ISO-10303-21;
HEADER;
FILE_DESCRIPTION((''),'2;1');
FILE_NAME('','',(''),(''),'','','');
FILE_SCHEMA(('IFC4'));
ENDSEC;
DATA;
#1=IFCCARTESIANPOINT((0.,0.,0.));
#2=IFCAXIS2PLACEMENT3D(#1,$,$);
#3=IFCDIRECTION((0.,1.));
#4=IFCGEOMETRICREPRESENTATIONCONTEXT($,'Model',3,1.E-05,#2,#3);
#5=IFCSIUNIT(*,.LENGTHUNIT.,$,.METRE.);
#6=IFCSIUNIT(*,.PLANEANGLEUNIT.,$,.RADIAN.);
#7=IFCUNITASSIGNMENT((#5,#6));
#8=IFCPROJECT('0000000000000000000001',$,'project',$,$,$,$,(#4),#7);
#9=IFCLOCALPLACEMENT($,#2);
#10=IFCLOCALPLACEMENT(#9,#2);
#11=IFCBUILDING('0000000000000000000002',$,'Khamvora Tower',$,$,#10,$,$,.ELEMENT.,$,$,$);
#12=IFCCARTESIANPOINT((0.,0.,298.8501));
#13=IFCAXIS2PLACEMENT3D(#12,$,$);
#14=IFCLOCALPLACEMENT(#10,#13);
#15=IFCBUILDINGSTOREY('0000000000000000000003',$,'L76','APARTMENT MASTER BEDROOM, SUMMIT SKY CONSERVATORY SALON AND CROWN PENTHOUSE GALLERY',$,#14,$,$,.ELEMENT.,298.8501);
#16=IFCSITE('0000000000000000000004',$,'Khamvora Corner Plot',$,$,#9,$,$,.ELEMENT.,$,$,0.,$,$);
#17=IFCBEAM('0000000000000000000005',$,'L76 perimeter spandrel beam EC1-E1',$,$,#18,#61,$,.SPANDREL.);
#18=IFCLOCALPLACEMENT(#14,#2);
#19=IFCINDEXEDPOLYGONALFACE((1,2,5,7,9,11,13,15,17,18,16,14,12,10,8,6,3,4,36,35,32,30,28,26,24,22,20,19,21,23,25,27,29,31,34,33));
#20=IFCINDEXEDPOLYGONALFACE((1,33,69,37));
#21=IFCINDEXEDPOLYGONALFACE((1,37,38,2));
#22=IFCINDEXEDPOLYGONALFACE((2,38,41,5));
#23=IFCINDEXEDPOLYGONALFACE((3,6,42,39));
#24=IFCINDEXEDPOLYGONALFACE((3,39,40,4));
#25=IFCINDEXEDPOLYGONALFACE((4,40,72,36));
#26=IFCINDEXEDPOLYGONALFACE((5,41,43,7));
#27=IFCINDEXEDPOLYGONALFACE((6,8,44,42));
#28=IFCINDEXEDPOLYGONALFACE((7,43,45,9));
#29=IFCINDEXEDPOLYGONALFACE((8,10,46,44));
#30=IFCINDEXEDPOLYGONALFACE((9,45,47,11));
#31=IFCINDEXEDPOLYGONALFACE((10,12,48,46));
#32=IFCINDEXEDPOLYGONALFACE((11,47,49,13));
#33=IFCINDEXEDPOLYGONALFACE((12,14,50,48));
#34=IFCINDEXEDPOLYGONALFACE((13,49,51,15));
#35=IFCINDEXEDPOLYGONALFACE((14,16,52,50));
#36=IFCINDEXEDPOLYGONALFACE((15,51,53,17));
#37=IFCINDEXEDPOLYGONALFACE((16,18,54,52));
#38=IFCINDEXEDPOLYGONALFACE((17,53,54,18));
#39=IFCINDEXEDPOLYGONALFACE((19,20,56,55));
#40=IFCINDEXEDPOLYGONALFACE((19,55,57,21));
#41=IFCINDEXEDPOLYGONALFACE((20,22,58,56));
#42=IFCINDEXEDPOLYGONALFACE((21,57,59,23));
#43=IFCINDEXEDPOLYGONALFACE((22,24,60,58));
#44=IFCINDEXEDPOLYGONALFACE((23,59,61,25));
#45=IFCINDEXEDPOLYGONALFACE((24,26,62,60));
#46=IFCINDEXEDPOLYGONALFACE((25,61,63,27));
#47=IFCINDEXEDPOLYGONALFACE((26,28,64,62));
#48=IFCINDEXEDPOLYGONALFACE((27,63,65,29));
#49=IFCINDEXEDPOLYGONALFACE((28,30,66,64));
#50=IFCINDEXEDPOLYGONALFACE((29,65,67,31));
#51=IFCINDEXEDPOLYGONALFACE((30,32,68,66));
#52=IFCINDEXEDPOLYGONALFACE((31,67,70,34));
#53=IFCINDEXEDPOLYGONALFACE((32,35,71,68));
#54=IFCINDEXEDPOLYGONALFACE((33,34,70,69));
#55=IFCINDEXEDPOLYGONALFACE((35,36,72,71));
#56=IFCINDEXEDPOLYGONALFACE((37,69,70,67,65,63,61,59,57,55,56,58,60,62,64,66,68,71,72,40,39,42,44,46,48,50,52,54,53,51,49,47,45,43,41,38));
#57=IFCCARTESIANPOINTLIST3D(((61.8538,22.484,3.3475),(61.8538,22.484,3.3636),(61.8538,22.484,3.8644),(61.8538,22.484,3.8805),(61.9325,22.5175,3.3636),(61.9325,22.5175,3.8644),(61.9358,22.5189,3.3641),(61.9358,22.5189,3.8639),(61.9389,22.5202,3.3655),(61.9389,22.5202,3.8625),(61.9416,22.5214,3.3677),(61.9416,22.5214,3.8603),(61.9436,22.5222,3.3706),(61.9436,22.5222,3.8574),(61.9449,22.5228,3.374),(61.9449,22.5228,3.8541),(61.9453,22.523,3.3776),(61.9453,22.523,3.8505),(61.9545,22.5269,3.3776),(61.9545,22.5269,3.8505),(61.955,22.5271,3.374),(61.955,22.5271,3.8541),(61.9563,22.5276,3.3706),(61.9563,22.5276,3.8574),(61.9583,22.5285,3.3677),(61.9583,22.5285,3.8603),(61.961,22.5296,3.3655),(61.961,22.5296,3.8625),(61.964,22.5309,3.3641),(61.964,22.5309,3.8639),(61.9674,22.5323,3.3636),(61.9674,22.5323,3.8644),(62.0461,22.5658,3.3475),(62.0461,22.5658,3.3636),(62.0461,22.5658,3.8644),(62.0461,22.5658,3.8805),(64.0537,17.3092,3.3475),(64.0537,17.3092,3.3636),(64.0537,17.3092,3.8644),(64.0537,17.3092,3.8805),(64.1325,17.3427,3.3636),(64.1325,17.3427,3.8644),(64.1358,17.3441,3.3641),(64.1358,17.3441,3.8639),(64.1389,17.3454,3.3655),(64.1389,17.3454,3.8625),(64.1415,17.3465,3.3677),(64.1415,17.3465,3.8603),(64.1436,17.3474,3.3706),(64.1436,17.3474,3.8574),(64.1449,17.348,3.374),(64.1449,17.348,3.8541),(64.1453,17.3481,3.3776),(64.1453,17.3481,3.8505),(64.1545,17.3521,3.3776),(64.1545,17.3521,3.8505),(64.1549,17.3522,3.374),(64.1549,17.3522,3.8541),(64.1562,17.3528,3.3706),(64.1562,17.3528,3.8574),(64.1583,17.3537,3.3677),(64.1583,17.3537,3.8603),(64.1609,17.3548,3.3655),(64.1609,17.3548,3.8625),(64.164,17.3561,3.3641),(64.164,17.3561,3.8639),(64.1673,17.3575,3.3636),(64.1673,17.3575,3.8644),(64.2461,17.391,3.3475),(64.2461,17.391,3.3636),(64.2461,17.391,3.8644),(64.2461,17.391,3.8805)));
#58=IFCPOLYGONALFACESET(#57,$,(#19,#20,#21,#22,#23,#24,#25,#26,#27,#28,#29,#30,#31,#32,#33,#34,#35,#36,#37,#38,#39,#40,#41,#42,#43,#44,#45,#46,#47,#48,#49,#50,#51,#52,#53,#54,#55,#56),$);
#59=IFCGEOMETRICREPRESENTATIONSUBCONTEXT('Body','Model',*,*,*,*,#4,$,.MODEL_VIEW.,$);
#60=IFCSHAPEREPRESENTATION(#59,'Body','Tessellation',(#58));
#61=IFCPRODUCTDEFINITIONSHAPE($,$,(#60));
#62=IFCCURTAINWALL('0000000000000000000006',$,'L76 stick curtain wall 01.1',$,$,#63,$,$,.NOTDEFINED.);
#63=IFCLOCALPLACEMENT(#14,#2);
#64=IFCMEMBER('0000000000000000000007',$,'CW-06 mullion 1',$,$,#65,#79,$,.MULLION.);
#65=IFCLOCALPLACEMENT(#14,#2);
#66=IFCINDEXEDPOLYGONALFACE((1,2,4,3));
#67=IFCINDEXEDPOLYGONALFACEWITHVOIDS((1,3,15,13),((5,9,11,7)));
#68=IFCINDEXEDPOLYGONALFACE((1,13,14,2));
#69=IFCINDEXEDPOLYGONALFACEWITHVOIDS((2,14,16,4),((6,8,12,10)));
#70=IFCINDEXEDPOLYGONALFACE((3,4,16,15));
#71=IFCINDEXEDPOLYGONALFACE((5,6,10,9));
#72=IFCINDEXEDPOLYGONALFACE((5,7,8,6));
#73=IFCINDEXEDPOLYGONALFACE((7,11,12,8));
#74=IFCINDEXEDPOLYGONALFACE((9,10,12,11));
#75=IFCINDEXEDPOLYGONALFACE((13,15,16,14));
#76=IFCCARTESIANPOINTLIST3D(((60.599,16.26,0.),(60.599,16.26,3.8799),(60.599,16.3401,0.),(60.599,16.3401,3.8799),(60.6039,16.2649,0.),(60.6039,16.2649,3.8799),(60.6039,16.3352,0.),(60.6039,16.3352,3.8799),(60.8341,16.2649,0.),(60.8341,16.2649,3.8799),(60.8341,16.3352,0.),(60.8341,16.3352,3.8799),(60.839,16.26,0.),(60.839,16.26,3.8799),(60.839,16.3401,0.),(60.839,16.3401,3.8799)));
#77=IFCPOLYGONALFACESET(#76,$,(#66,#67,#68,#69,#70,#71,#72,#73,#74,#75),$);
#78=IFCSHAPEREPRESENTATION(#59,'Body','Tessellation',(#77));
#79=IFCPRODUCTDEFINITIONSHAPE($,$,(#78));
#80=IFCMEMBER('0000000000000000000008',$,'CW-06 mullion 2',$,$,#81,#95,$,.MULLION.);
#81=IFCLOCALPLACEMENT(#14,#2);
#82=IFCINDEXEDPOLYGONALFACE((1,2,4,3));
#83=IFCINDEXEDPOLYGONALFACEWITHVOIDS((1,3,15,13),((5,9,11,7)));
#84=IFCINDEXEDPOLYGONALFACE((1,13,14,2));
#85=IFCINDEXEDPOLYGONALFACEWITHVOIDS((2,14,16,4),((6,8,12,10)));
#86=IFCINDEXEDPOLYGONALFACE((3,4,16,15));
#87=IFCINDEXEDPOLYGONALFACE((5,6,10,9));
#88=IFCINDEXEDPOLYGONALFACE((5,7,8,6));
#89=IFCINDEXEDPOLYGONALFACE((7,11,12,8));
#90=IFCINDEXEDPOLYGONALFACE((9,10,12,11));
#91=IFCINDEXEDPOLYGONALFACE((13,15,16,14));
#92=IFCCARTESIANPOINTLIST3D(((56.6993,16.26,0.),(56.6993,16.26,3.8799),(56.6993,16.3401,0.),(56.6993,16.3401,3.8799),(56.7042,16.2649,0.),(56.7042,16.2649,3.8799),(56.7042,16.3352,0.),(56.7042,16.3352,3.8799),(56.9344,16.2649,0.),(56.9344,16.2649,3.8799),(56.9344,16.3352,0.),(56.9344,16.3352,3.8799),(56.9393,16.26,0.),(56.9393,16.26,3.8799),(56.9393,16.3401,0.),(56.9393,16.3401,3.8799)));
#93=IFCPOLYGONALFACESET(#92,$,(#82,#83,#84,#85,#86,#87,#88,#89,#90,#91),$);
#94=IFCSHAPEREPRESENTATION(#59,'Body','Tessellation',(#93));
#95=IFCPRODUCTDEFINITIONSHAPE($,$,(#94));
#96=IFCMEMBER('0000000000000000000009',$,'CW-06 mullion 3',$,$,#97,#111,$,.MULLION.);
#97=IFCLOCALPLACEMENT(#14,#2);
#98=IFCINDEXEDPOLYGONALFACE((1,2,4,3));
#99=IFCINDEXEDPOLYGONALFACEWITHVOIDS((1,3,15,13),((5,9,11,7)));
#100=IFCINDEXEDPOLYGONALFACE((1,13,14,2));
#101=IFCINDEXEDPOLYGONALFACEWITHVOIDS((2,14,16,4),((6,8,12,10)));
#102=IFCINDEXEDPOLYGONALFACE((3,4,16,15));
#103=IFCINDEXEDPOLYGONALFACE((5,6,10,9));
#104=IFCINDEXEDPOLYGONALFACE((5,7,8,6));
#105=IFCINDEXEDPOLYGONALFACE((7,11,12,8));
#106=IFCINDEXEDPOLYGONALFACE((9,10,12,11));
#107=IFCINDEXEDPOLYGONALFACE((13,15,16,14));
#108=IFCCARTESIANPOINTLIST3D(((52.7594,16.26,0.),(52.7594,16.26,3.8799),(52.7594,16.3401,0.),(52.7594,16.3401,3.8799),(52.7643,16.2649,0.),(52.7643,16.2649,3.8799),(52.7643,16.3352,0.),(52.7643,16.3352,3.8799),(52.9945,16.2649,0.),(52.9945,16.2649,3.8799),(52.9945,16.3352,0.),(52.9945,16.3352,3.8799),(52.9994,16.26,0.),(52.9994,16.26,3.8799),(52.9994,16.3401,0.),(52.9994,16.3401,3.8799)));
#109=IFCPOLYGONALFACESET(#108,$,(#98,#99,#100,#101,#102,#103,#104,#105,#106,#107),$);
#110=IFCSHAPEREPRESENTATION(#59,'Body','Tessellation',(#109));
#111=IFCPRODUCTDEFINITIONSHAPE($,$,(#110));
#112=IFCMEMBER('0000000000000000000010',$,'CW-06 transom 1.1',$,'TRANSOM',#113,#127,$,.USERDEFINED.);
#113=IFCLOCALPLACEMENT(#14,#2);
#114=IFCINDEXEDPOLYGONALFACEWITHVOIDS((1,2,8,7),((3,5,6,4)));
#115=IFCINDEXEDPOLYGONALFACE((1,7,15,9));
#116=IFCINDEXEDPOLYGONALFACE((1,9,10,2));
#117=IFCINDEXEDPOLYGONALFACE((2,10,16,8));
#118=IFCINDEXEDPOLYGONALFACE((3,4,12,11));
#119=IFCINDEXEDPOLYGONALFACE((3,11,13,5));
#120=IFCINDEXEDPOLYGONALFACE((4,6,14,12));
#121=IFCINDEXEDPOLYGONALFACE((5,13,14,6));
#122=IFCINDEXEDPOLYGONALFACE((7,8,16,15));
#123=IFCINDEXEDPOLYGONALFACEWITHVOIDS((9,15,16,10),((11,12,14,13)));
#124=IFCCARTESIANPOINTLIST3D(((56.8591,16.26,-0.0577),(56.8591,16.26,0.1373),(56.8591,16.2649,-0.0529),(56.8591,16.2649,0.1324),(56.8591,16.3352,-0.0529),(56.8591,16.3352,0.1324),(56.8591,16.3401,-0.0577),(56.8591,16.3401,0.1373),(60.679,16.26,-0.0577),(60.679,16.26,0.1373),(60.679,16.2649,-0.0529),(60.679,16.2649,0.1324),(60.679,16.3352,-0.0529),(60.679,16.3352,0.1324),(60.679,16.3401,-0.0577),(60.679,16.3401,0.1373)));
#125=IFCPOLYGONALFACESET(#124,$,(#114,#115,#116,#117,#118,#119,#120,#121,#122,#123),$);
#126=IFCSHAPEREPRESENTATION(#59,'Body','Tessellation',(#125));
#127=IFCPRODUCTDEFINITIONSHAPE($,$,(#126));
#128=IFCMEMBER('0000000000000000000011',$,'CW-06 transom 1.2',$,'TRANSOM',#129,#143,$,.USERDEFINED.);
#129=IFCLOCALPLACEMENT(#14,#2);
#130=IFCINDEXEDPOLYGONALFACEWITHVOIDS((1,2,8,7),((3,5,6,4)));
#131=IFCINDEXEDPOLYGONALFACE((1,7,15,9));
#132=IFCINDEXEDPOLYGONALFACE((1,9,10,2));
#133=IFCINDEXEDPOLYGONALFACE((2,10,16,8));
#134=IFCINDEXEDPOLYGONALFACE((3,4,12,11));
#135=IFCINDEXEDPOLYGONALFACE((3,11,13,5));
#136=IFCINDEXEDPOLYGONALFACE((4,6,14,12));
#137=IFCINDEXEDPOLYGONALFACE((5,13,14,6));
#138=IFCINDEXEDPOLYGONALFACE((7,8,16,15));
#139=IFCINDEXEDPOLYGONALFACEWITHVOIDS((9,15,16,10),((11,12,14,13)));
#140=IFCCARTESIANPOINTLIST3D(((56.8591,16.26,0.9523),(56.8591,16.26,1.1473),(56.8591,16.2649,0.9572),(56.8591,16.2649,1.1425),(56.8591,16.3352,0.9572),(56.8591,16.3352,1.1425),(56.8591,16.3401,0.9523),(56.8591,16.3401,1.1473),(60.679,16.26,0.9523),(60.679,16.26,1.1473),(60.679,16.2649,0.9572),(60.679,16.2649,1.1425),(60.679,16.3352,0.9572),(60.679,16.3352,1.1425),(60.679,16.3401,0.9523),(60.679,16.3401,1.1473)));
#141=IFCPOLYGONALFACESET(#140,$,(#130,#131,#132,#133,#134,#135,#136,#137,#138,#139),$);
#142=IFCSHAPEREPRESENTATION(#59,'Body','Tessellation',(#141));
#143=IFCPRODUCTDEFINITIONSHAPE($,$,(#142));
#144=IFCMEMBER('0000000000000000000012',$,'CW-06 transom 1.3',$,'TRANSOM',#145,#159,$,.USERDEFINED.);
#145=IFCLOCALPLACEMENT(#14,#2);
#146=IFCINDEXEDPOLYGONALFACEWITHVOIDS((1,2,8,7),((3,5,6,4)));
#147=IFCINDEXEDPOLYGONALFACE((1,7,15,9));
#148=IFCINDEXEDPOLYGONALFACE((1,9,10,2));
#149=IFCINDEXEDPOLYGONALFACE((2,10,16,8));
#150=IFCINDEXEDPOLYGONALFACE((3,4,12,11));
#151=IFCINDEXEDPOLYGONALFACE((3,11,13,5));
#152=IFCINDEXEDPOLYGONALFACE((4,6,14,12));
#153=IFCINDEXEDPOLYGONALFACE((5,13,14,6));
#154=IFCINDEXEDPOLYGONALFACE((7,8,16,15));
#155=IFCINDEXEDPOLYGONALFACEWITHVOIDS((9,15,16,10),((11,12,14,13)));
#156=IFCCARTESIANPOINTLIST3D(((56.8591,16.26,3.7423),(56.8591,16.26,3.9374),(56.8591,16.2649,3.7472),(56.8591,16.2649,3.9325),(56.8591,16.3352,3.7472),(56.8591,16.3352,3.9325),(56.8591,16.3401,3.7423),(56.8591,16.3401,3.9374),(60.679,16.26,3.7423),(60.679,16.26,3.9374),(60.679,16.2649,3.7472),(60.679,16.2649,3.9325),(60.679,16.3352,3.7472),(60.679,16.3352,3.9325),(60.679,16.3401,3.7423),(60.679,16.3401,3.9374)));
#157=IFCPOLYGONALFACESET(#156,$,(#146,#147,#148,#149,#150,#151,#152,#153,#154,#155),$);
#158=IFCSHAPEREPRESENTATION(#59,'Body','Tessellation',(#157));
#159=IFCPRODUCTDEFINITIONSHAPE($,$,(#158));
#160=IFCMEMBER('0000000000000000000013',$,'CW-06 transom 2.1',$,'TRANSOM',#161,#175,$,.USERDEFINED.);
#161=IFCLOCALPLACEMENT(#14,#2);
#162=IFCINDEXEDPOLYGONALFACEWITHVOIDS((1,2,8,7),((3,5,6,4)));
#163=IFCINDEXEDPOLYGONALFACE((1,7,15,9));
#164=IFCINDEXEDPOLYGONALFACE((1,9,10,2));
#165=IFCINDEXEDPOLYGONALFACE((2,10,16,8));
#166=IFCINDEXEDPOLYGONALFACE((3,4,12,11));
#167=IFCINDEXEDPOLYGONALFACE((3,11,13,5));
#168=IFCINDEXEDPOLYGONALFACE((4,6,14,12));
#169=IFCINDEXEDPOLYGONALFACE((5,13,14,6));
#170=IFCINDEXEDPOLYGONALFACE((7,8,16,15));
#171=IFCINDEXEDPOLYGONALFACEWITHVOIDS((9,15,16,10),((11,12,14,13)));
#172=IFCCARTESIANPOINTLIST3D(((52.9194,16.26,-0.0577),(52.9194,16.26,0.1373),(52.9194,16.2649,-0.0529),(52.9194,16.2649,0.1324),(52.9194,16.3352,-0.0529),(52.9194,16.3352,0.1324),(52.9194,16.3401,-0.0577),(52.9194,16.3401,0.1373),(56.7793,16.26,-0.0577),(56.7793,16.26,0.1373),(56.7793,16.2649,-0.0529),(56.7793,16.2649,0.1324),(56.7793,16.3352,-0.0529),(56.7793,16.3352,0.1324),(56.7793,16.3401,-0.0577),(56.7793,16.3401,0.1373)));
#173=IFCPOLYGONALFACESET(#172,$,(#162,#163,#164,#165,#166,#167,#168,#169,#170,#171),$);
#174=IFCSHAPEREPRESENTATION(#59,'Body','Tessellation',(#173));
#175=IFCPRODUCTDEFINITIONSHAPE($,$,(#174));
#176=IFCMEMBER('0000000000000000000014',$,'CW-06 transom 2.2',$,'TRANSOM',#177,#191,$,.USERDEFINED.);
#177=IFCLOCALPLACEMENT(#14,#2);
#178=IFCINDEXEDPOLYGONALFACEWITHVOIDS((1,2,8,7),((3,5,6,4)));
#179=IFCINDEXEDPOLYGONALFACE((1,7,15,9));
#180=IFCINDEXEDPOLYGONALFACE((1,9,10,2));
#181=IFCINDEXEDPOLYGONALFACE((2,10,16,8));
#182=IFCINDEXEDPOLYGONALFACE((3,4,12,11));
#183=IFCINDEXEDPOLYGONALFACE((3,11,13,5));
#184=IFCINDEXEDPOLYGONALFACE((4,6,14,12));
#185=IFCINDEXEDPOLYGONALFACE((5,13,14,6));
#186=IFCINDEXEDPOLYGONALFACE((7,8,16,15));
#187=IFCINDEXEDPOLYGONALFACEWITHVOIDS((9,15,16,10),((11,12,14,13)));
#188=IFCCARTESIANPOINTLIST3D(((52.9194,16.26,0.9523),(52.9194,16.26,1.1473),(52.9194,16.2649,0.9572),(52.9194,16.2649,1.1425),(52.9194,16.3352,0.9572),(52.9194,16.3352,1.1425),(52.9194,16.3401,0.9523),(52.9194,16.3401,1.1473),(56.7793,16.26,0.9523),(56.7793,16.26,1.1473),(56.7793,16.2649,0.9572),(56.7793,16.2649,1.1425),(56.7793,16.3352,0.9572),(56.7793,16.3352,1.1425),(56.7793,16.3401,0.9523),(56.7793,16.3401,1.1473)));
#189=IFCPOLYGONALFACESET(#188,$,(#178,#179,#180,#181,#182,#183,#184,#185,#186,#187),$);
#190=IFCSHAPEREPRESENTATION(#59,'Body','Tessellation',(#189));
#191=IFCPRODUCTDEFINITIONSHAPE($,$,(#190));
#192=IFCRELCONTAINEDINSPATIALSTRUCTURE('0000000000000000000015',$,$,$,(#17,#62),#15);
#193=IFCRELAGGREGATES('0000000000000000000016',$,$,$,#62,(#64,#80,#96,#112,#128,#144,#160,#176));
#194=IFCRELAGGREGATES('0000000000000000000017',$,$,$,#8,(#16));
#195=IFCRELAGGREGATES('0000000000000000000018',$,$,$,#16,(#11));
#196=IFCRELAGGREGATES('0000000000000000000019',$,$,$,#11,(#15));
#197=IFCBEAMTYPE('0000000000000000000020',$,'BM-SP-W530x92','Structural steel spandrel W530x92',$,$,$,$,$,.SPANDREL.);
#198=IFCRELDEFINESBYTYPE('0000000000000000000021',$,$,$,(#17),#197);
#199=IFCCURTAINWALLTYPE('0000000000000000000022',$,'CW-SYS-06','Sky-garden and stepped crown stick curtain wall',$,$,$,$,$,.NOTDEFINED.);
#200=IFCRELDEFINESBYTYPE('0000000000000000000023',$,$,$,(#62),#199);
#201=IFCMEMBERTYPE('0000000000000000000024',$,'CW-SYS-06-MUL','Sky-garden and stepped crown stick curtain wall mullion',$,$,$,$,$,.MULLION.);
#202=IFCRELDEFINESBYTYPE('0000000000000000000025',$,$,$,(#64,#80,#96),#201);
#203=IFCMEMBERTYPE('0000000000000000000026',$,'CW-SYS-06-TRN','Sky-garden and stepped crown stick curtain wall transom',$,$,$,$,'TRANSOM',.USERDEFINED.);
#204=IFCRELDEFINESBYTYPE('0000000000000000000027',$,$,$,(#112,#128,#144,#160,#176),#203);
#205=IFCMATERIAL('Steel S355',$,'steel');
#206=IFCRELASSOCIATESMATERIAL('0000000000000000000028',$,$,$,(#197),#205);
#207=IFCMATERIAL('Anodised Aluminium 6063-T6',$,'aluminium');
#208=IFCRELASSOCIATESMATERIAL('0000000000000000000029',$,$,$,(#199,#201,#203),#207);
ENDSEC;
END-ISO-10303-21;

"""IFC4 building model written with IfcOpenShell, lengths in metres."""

from ifc_helpers import new_model, si_unit, direction, frame, origin, origin_2d, place, context, subcontext, project, spatial, hollow_rectangle, i_section, extrude, material, material_profile, profile_set, type_object, element, aggregate, save


model = new_model("IFC4")

# Units and contexts
model_context = context("Model", 3, precision=1e-05, world=origin(), true_north=direction((0.0, 1.0)))
body_context = subcontext(model_context, "Body", "Model", "MODEL_VIEW")
ifc_project = project(units=[si_unit("LENGTHUNIT", "METRE"), si_unit("PLANEANGLEUNIT", "RADIAN")], contexts=[model_context])

# Site, building, storey
site_placement = place(None, origin())
site = spatial("IfcSite", under=ifc_project, at=site_placement, Name="Khamvora Corner Plot", CompositionType="ELEMENT", RefElevation=0.0)
building_placement = place(site_placement, origin())
building = spatial("IfcBuilding", under=site, at=building_placement, Name="Khamvora Tower", CompositionType="ELEMENT")
storey_placement = place(building_placement, frame((0.0, 0.0, 298.8501)))
storey = spatial("IfcBuildingStorey", under=building, at=storey_placement, Name="L76", Description="APARTMENT MASTER BEDROOM, SUMMIT SKY CONSERVATORY SALON AND CROWN PENTHOUSE GALLERY", CompositionType="ELEMENT", Elevation=298.8501)

# Shared definitions
ifc_material_1 = material(Name="Steel S355", Category="steel")

# Beam
ifc_material_profile_1 = material_profile(ifc_material_1, i_section(OverallWidth=0.209, OverallDepth=0.533, WebThickness=0.01, FlangeThickness=0.0161, FilletRadius=0.0139, at=origin_2d()), Name="W530x92")
ifc_profile_set_1 = profile_set([ifc_material_profile_1], Name="Steel S355")
beam_type_1 = type_object("IfcBeamType", Name="BM-SP-W530x92", Description="Structural steel spandrel W530x92", PredefinedType="SPANDREL", material=ifc_profile_set_1)
beam_1_placement = place(storey_placement, frame((64.1499, 17.3501, 3.614), z_axis=(-0.39124, 0.920289, 0.0), x_axis=(-0.920289, -0.39124, 0.0)))
element("IfcBeam", 1, at=beam_1_placement, inside=storey, type_object=beam_type_1, Name="L76 perimeter spandrel beam EC1-E1", PredefinedType="SPANDREL", context=body_context, shape_type="SweptSolid", body=[
    extrude(i_section(OverallWidth=0.209, OverallDepth=0.533, WebThickness=0.01, FlangeThickness=0.0161, FilletRadius=0.0139, at=origin_2d()), origin(), (0.0, 0.0, 1.0), 5.623),
])

# Curtain wall, members
ifc_material_2 = material(Name="Anodised Aluminium 6063-T6", Category="aluminium")
curtain_wall_type = type_object("IfcCurtainWallType", Name="CW-SYS-06", Description="Sky-garden and stepped crown stick curtain wall", PredefinedType="NOTDEFINED", material=ifc_material_2)
curtain_wall_placement = place(storey_placement, origin())
curtain_wall = element("IfcCurtainWall", 2, at=curtain_wall_placement, inside=storey, type_object=curtain_wall_type, Name="L76 stick curtain wall 01.1", PredefinedType="NOTDEFINED")
ifc_material_profile_2 = material_profile(ifc_material_2, hollow_rectangle(XDim=0.0801, YDim=0.24, WallThickness=0.0049, at=origin_2d()), Name="MUL80x240x5")
ifc_profile_set_2 = profile_set([ifc_material_profile_2], Name="Anodised Aluminium 6063-T6")
member_type_1 = type_object("IfcMemberType", Name="CW-SYS-06-MUL", Description="Sky-garden and stepped crown stick curtain wall mullion", PredefinedType="MULLION", material=ifc_profile_set_2)
member_1_placement = place(storey_placement, frame((60.719, 16.3, 0.0), z_axis=(0.0, 0.0, 1.0), x_axis=(0.0, -1.0, 0.0)))
member_1 = element("IfcMember", 3, at=member_1_placement, type_object=member_type_1, Name="CW-06 mullion 1", PredefinedType="MULLION", context=body_context, shape_type="SweptSolid", body=[
    extrude(hollow_rectangle(XDim=0.0801, YDim=0.24, WallThickness=0.0049, at=origin_2d()), origin(), (0.0, 0.0, 1.0), 3.8799),
])
member_2_placement = place(storey_placement, frame((56.8193, 16.3, 0.0), z_axis=(0.0, 0.0, 1.0), x_axis=(0.0, -1.0, 0.0)))
member_2 = element("IfcMember", 4, at=member_2_placement, type_object=member_type_1, Name="CW-06 mullion 2", PredefinedType="MULLION", context=body_context, shape_type="SweptSolid", body=[
    extrude(hollow_rectangle(XDim=0.0801, YDim=0.24, WallThickness=0.0049, at=origin_2d()), origin(), (0.0, 0.0, 1.0), 3.8799),
])
member_3_placement = place(storey_placement, frame((52.8794, 16.3, 0.0), z_axis=(0.0, 0.0, 1.0), x_axis=(0.0, -1.0, 0.0)))
member_3 = element("IfcMember", 5, at=member_3_placement, type_object=member_type_1, Name="CW-06 mullion 3", PredefinedType="MULLION", context=body_context, shape_type="SweptSolid", body=[
    extrude(hollow_rectangle(XDim=0.0801, YDim=0.24, WallThickness=0.0049, at=origin_2d()), origin(), (0.0, 0.0, 1.0), 3.8799),
])
ifc_material_profile_3 = material_profile(ifc_material_2, hollow_rectangle(XDim=0.0801, YDim=0.1951, WallThickness=0.0049, at=origin_2d()), Name="TRN80x195x5")
ifc_profile_set_3 = profile_set([ifc_material_profile_3], Name="Anodised Aluminium 6063-T6")
member_type_2 = type_object("IfcMemberType", Name="CW-SYS-06-TRN", Description="Sky-garden and stepped crown stick curtain wall transom", ElementType="TRANSOM", PredefinedType="USERDEFINED", material=ifc_profile_set_3)
member_4_placement = place(storey_placement, frame((60.679, 16.3, 0.0398), z_axis=(-1.0, 0.0, 0.0), x_axis=(0.0, -1.0, 0.0)))
member_4 = element("IfcMember", 6, at=member_4_placement, type_object=member_type_2, Name="CW-06 transom 1.1", ObjectType="TRANSOM", PredefinedType="USERDEFINED", context=body_context, shape_type="SweptSolid", body=[
    extrude(hollow_rectangle(XDim=0.0801, YDim=0.1951, WallThickness=0.0049, at=origin_2d()), origin(), (0.0, 0.0, 1.0), 3.8198),
])
member_5_placement = place(storey_placement, frame((60.679, 16.3, 1.0498), z_axis=(-1.0, 0.0, 0.0), x_axis=(0.0, -1.0, 0.0)))
member_5 = element("IfcMember", 7, at=member_5_placement, type_object=member_type_2, Name="CW-06 transom 1.2", ObjectType="TRANSOM", PredefinedType="USERDEFINED", context=body_context, shape_type="SweptSolid", body=[
    extrude(hollow_rectangle(XDim=0.0801, YDim=0.1951, WallThickness=0.0049, at=origin_2d()), origin(), (0.0, 0.0, 1.0), 3.8198),
])
member_6_placement = place(storey_placement, frame((60.679, 16.3, 3.8398), z_axis=(-1.0, 0.0, 0.0), x_axis=(0.0, -1.0, 0.0)))
member_6 = element("IfcMember", 8, at=member_6_placement, type_object=member_type_2, Name="CW-06 transom 1.3", ObjectType="TRANSOM", PredefinedType="USERDEFINED", context=body_context, shape_type="SweptSolid", body=[
    extrude(hollow_rectangle(XDim=0.0801, YDim=0.1951, WallThickness=0.0049, at=origin_2d()), origin(), (0.0, 0.0, 1.0), 3.8198),
])
member_7_placement = place(storey_placement, frame((56.7793, 16.3, 0.0398), z_axis=(-1.0, 0.0, 0.0), x_axis=(0.0, -1.0, 0.0)))
member_7 = element("IfcMember", 9, at=member_7_placement, type_object=member_type_2, Name="CW-06 transom 2.1", ObjectType="TRANSOM", PredefinedType="USERDEFINED", context=body_context, shape_type="SweptSolid", body=[
    extrude(hollow_rectangle(XDim=0.0801, YDim=0.1951, WallThickness=0.0049, at=origin_2d()), origin(), (0.0, 0.0, 1.0), 3.8599),
])
member_8_placement = place(storey_placement, frame((56.7793, 16.3, 1.0498), z_axis=(-1.0, 0.0, 0.0), x_axis=(0.0, -1.0, 0.0)))
member_8 = element("IfcMember", 10, at=member_8_placement, type_object=member_type_2, Name="CW-06 transom 2.2", ObjectType="TRANSOM", PredefinedType="USERDEFINED", context=body_context, shape_type="SweptSolid", body=[
    extrude(hollow_rectangle(XDim=0.0801, YDim=0.1951, WallThickness=0.0049, at=origin_2d()), origin(), (0.0, 0.0, 1.0), 3.8599),
])
aggregate(curtain_wall, [member_1, member_2, member_3, member_4, member_5, member_6, member_7, member_8])

save(model, "model.ifc")
